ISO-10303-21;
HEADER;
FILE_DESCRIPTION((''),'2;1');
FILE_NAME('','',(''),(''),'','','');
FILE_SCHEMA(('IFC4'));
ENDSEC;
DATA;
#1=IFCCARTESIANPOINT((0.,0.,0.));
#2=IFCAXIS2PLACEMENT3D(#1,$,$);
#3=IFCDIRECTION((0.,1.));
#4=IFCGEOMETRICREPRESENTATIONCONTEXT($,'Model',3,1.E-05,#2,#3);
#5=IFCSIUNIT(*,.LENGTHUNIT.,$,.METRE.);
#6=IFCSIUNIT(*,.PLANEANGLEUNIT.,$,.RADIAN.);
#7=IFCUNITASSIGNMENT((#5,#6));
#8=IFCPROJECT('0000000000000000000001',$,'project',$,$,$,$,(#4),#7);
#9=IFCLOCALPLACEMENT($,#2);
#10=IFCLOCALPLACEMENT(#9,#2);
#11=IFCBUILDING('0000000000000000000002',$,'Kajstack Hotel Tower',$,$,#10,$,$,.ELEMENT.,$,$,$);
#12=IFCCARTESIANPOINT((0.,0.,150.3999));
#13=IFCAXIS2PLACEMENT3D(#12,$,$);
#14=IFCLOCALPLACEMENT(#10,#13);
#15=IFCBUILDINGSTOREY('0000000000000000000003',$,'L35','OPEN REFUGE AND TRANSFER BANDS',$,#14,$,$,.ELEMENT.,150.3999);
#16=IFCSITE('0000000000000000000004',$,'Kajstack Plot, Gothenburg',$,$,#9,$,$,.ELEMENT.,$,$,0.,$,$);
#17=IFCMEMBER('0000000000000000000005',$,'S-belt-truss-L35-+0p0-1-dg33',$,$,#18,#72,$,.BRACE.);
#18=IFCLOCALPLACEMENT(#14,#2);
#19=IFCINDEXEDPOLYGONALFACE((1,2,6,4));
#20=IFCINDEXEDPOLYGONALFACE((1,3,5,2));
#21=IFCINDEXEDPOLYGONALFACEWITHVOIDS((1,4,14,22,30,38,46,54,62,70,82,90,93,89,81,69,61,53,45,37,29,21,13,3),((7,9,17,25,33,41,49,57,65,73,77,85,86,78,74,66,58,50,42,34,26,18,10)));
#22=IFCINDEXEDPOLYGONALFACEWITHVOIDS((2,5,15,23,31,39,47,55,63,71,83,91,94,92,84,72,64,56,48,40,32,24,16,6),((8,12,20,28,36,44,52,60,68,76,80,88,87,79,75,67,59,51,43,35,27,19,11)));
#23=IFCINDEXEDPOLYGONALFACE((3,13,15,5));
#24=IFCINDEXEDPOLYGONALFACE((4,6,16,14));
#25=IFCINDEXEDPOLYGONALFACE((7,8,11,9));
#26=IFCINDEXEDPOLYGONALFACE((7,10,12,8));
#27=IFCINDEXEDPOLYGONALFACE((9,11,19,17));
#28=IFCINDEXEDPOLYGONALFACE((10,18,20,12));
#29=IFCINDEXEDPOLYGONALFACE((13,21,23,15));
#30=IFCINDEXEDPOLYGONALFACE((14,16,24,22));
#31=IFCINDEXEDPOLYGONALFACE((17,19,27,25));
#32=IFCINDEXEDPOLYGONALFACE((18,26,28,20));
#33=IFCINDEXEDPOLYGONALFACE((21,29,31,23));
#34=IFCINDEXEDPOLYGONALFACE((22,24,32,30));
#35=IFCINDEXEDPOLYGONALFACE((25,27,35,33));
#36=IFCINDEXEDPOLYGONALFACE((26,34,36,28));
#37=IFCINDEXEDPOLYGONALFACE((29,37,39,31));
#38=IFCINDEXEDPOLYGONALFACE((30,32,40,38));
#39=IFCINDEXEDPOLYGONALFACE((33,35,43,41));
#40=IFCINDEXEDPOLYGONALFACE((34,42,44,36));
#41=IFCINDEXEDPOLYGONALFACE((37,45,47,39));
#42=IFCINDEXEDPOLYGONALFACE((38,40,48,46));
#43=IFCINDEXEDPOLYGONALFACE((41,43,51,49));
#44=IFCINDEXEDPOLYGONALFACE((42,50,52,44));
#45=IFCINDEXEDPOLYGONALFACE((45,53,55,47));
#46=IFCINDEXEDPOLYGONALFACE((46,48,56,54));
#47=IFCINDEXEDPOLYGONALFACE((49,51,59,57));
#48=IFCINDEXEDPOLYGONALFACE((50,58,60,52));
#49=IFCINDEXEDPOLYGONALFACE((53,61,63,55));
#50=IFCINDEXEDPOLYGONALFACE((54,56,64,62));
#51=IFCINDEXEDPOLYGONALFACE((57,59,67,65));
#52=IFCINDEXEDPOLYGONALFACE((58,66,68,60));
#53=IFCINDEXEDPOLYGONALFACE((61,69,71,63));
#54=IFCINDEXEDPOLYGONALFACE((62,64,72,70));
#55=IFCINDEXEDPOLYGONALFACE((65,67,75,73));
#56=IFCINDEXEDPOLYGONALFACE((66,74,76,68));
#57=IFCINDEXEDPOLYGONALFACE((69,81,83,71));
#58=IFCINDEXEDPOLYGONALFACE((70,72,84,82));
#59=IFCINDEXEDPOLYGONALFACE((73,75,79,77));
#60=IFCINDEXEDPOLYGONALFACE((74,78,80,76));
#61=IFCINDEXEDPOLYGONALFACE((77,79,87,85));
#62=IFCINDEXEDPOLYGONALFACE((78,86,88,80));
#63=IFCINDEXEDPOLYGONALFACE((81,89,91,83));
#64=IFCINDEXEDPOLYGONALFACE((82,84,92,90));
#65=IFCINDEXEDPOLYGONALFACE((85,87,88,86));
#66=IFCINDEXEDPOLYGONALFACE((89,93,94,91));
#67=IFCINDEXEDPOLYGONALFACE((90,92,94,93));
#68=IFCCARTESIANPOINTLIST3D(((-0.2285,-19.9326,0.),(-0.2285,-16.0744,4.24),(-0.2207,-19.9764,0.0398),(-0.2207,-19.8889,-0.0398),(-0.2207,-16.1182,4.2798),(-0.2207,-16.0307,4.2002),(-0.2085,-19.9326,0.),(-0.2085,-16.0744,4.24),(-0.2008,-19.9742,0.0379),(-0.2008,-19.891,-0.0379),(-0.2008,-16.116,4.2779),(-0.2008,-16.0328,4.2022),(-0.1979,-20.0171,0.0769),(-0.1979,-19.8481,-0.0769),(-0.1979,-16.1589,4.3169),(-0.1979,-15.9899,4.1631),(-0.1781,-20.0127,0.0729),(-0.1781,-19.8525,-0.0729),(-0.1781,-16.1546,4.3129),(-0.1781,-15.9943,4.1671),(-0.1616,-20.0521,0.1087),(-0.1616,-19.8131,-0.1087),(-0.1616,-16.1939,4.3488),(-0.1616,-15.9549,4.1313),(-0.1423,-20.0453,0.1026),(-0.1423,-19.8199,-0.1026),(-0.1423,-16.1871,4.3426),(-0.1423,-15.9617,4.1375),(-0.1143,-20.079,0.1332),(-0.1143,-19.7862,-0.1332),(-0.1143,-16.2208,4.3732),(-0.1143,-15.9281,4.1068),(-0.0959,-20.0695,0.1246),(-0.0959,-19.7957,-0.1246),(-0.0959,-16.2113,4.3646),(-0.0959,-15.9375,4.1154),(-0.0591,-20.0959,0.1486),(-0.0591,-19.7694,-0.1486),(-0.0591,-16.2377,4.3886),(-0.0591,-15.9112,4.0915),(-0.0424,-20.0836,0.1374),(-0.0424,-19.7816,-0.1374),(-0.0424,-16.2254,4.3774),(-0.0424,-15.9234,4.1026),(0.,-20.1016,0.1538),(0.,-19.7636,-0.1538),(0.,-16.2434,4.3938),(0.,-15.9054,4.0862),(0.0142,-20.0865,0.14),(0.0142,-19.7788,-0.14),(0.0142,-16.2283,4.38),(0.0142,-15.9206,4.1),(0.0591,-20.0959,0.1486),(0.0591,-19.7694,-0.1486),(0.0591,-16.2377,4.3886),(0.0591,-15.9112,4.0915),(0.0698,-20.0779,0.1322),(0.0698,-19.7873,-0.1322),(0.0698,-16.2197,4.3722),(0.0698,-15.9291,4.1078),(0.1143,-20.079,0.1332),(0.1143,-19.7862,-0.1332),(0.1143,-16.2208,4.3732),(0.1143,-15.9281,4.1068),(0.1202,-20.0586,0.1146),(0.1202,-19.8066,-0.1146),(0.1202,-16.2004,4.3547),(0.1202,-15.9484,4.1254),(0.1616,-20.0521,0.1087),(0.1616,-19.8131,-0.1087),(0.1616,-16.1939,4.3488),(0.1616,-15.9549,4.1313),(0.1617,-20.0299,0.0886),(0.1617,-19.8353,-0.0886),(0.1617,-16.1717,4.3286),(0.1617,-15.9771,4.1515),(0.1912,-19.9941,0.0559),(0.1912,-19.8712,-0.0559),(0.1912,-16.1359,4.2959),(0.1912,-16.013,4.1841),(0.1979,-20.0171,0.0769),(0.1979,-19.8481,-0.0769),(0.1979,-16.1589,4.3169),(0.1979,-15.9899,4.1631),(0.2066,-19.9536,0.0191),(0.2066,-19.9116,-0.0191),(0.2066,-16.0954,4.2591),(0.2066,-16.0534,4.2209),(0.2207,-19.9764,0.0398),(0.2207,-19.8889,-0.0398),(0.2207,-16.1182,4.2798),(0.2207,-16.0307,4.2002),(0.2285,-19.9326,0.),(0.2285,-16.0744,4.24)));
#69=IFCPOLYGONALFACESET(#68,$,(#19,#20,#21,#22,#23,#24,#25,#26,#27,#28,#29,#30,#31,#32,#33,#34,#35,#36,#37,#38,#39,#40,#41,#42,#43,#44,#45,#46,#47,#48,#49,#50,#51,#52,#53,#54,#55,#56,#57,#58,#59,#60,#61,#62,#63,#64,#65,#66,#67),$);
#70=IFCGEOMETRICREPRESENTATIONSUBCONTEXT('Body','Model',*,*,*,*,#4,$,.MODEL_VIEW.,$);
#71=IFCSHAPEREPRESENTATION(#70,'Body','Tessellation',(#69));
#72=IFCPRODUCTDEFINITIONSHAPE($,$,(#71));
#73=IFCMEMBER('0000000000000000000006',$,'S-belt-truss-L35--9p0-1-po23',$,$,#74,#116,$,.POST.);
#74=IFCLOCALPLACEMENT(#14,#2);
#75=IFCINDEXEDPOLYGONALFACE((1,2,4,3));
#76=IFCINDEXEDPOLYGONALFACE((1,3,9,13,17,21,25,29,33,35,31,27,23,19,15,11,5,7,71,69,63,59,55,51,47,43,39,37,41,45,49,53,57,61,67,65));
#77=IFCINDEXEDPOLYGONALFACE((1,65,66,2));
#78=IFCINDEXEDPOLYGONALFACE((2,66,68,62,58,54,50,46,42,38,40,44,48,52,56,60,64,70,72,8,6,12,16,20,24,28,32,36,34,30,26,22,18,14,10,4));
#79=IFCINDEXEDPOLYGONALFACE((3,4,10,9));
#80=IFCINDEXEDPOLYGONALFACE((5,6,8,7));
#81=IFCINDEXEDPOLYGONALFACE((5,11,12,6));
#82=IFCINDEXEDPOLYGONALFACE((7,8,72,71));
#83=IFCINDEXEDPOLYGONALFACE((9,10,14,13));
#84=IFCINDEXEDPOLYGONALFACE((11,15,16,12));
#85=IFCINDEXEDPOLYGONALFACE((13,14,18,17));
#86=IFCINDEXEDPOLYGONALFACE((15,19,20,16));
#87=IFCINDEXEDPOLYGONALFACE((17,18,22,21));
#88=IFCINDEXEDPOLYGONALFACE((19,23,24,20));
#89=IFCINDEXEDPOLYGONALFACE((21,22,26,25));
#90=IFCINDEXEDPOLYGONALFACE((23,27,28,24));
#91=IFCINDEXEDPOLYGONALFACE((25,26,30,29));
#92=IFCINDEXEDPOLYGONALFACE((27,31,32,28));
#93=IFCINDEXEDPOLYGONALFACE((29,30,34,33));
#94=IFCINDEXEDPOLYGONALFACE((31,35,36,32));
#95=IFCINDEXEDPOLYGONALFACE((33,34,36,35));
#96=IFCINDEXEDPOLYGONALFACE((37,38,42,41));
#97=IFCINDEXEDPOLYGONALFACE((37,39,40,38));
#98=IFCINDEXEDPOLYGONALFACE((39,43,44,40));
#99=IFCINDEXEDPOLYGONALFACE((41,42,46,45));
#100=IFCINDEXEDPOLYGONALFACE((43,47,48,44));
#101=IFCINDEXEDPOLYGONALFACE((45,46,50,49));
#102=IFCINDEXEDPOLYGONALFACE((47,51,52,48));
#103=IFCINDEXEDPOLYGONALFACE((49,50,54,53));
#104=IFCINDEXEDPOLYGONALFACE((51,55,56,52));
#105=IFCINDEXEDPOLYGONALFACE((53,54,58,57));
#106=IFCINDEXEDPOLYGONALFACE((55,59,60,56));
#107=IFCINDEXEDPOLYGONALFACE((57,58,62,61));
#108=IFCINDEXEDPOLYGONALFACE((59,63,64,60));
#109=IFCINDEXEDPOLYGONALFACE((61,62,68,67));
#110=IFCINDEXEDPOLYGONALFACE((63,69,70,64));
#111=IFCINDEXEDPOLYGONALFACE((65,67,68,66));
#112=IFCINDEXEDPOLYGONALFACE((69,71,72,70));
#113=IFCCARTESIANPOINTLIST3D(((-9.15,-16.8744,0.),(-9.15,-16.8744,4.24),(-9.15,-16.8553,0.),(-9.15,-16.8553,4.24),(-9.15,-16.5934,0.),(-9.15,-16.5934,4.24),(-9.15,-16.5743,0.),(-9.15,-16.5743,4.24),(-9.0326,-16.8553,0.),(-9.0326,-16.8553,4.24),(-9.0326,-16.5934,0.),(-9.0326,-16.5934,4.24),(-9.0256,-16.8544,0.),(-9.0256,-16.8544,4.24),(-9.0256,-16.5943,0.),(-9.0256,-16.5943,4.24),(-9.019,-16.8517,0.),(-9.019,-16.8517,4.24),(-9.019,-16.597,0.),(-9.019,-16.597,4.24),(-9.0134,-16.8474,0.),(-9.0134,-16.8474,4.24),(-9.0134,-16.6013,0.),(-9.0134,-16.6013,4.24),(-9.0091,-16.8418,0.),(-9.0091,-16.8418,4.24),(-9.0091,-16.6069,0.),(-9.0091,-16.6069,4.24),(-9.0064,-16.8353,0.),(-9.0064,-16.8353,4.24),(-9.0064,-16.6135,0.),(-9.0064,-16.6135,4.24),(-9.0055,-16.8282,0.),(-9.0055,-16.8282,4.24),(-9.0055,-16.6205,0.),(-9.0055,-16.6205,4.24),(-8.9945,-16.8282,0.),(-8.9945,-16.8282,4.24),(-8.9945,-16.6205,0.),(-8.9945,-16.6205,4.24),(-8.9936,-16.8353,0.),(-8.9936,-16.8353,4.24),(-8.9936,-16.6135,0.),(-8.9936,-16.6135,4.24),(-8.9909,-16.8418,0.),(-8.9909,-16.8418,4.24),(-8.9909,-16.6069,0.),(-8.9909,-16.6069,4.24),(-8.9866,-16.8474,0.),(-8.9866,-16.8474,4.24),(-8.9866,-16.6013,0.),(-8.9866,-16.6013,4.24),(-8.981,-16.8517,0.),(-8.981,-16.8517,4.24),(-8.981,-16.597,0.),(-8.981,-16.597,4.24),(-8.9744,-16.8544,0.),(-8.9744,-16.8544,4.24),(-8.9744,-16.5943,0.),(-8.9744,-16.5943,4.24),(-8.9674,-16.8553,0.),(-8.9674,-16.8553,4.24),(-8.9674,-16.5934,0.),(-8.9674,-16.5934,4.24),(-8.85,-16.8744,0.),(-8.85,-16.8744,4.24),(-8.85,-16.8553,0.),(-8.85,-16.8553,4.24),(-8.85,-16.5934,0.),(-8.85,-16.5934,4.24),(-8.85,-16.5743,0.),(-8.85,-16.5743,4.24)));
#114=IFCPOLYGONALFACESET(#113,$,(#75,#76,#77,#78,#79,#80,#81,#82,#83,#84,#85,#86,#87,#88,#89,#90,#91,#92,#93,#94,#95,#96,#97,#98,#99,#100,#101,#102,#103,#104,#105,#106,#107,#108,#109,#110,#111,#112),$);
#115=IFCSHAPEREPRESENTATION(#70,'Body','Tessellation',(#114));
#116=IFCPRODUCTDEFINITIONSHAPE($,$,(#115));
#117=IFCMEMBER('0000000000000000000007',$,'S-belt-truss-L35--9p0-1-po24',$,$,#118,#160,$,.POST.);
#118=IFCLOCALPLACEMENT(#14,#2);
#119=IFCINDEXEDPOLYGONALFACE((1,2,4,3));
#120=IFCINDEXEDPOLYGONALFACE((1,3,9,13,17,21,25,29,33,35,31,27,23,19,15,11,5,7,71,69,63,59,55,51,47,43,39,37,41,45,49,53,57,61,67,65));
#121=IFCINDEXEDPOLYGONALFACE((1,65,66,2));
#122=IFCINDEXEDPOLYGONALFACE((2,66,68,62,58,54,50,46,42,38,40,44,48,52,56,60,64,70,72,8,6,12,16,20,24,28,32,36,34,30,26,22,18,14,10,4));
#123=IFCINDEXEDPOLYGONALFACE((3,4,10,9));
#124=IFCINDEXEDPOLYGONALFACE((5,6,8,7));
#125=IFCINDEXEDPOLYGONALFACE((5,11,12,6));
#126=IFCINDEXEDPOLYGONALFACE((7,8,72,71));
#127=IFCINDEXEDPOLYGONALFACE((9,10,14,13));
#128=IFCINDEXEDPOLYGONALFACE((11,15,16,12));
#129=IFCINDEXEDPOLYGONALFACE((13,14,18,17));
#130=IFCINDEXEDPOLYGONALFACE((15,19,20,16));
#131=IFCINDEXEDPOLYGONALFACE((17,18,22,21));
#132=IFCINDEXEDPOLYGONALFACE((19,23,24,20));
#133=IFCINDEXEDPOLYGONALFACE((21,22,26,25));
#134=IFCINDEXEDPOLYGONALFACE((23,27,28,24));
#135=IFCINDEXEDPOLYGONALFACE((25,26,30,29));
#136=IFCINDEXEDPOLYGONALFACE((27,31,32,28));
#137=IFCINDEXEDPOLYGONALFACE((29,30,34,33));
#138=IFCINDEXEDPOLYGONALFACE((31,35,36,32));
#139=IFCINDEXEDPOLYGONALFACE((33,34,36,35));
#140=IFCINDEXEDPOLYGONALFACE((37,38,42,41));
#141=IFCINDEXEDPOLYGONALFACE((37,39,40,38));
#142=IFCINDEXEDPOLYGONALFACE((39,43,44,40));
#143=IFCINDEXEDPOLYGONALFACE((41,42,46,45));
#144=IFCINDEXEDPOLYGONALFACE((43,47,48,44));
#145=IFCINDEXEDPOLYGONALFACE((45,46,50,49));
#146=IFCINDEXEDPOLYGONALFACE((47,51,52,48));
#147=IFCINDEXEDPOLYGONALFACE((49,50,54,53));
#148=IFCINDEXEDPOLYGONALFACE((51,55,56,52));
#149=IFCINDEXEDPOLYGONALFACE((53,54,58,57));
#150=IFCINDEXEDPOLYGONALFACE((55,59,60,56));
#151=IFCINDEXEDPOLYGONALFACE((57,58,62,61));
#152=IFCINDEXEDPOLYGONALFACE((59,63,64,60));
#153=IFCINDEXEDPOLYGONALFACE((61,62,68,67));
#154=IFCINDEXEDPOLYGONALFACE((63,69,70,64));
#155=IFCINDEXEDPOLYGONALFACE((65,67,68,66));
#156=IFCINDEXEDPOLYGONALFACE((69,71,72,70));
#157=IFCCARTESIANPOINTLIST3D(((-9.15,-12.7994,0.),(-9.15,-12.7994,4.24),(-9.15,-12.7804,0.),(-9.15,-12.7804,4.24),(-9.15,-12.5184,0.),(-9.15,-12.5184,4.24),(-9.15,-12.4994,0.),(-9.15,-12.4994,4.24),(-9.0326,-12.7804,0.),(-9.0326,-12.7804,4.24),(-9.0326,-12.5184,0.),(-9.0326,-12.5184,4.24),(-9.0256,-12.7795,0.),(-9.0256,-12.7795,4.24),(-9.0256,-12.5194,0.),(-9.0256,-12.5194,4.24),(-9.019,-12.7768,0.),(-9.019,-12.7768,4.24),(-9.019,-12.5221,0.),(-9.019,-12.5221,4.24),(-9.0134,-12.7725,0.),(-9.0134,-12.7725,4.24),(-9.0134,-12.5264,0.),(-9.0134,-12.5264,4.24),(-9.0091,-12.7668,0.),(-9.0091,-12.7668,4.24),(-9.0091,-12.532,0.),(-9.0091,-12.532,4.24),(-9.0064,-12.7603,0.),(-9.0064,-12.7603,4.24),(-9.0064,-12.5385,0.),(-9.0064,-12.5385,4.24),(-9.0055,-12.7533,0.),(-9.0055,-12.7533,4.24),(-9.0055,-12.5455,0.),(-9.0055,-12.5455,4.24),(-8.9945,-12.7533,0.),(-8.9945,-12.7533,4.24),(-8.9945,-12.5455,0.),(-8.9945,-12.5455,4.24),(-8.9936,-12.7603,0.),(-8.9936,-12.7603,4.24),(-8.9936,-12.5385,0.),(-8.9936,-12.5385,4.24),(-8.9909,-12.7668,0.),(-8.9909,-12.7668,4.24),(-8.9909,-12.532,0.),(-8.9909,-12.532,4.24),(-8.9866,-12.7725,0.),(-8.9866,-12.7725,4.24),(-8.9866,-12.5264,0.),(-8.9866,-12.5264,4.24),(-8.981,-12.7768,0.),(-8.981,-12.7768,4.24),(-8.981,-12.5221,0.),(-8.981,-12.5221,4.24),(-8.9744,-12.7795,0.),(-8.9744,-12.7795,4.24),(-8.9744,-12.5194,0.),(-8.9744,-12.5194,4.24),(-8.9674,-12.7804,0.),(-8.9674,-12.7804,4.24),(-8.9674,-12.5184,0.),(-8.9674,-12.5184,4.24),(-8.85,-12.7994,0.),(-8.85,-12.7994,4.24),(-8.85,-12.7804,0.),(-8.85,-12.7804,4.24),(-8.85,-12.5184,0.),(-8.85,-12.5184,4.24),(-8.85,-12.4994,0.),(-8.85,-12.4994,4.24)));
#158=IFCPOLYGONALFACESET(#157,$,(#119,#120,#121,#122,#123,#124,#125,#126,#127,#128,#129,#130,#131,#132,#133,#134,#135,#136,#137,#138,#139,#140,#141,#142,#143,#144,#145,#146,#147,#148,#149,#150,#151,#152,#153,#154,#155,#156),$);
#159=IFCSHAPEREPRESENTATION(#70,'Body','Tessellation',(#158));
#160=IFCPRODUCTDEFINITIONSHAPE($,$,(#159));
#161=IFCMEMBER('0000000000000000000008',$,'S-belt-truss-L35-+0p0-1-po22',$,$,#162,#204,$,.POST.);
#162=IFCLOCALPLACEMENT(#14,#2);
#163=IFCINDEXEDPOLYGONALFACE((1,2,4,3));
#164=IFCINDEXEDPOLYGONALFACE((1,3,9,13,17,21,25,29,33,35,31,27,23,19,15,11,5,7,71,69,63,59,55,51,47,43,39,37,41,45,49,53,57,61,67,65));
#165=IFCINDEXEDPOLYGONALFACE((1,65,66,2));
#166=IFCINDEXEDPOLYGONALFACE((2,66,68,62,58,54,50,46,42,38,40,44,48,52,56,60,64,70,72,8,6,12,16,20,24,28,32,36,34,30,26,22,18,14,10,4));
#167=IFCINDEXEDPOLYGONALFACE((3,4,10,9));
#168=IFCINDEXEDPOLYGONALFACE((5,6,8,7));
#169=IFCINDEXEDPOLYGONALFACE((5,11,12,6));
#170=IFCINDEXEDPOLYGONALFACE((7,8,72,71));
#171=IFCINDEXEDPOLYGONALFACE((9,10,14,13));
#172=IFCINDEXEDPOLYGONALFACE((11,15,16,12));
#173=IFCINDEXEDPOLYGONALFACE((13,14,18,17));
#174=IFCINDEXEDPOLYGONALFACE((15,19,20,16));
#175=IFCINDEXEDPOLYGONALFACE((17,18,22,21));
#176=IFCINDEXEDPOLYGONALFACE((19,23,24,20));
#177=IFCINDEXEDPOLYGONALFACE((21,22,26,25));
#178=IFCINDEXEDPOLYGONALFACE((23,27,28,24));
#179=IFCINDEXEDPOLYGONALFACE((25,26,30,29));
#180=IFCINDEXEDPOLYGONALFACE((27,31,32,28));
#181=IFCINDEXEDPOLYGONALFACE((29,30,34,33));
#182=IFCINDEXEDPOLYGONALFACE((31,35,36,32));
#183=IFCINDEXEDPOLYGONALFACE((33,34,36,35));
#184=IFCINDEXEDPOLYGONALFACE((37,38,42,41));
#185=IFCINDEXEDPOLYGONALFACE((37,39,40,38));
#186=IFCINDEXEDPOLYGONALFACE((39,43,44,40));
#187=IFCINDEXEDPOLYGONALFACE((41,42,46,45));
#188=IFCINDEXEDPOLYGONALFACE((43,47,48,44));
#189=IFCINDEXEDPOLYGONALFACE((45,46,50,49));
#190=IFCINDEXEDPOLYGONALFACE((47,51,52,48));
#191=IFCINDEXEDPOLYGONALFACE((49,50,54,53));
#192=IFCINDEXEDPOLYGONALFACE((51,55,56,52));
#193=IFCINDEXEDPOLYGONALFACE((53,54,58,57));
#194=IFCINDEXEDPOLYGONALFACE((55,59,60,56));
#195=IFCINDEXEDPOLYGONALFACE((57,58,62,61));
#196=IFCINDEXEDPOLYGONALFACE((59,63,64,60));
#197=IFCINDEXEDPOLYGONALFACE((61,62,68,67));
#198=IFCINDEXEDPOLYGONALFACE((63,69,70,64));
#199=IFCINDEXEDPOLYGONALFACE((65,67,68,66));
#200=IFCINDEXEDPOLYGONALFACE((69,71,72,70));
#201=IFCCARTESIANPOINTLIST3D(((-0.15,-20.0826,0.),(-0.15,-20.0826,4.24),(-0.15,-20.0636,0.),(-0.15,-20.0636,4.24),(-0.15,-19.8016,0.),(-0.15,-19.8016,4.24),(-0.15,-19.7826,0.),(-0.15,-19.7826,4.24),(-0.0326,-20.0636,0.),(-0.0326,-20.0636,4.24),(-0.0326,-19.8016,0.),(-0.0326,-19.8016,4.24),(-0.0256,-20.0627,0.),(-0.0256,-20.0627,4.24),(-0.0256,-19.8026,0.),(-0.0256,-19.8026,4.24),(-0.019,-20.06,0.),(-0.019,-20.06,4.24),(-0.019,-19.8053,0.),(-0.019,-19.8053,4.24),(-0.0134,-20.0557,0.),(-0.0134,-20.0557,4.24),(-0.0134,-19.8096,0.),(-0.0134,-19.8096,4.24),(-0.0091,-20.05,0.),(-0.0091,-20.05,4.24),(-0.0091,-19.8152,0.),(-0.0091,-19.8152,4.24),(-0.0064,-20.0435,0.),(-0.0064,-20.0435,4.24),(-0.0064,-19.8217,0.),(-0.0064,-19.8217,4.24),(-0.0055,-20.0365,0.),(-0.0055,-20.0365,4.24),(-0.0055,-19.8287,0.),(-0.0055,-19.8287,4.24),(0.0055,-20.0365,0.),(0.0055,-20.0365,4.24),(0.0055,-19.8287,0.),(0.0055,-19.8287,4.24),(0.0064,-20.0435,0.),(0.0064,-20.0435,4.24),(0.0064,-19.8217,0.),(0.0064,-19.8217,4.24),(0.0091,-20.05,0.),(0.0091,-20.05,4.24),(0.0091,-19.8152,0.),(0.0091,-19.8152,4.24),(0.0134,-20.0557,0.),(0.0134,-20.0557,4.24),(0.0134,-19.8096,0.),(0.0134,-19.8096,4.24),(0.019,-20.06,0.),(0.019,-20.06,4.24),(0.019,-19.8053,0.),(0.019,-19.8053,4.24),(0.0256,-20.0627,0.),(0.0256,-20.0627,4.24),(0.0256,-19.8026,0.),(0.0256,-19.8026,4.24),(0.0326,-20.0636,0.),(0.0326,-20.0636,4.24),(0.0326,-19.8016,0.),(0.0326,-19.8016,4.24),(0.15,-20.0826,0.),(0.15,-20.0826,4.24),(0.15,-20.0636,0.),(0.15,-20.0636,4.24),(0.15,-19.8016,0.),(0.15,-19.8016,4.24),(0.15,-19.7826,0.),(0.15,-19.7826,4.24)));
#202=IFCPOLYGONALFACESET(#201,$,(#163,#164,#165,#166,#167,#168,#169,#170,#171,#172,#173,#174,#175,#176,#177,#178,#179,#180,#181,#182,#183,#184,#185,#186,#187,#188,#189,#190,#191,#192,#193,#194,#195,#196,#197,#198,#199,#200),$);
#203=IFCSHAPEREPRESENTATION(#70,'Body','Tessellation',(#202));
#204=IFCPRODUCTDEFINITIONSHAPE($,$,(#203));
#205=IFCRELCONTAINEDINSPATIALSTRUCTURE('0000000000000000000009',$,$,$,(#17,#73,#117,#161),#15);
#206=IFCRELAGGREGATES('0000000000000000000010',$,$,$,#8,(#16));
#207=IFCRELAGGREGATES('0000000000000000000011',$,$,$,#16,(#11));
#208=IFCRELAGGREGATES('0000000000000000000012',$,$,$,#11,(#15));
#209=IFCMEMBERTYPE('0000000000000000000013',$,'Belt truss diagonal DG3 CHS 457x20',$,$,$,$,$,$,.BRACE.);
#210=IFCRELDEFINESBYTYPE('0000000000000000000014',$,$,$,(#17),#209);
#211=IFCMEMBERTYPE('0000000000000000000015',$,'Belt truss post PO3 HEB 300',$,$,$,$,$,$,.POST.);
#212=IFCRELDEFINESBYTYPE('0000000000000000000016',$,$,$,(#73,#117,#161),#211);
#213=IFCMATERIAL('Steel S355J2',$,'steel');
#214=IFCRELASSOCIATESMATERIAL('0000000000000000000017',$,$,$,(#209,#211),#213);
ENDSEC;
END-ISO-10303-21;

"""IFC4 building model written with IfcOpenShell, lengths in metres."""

from ifc_helpers import new_model, si_unit, direction, frame, origin, origin_2d, place, context, subcontext, project, spatial, hollow_circle, i_section, extrude, material, material_profile, profile_set, type_object, element, save


model = new_model("IFC4")

# Units and contexts
model_context = context("Model", 3, precision=1e-05, world=origin(), true_north=direction((0.0, 1.0)))
body_context = subcontext(model_context, "Body", "Model", "MODEL_VIEW")
ifc_project = project(units=[si_unit("LENGTHUNIT", "METRE"), si_unit("PLANEANGLEUNIT", "RADIAN")], contexts=[model_context])

# Site, building, storey
site_placement = place(None, origin())
site = spatial("IfcSite", under=ifc_project, at=site_placement, Name="Kajstack Plot, Gothenburg", CompositionType="ELEMENT", RefElevation=0.0)
building_placement = place(site_placement, origin())
building = spatial("IfcBuilding", under=site, at=building_placement, Name="Kajstack Hotel Tower", CompositionType="ELEMENT")
storey_placement = place(building_placement, frame((0.0, 0.0, 150.3999)))
storey = spatial("IfcBuildingStorey", under=building, at=storey_placement, Name="L35", Description="OPEN REFUGE AND TRANSFER BANDS", CompositionType="ELEMENT", Elevation=150.3999)

# Members
ifc_material = material(Name="Steel S355J2", Category="steel")
ifc_material_profile_1 = material_profile(ifc_material, hollow_circle(Radius=0.2285, WallThickness=0.02, at=origin_2d()), Name="CHS 457x20")
ifc_profile_set_1 = profile_set([ifc_material_profile_1], Name="Steel S355J2")
member_type_1 = type_object("IfcMemberType", Name="Belt truss diagonal DG3 CHS 457x20", PredefinedType="BRACE", material=ifc_profile_set_1)
member_1_placement = place(storey_placement, frame((0.0, -19.9326, 0.0), z_axis=(0.0, 0.673018, 0.739626), x_axis=(-1.0, 0.0, 0.0)))
element("IfcMember", 1, at=member_1_placement, inside=storey, type_object=member_type_1, Name="S-belt-truss-L35-+0p0-1-dg33", PredefinedType="BRACE", context=body_context, shape_type="SweptSolid", body=[
    extrude(hollow_circle(Radius=0.2285, WallThickness=0.02, at=origin_2d()), origin(), (0.0, 0.0, 1.0), 5.7327),
])
ifc_material_profile_2 = material_profile(ifc_material, i_section(OverallWidth=0.3, OverallDepth=0.3, WebThickness=0.011, FlangeThickness=0.019, FilletRadius=0.0271, at=origin_2d()), Name="HEB 300")
ifc_profile_set_2 = profile_set([ifc_material_profile_2], Name="Steel S355J2")
member_type_2 = type_object("IfcMemberType", Name="Belt truss post PO3 HEB 300", PredefinedType="POST", material=ifc_profile_set_2)
for number, where, z_axis, x_axis, name in (
    (2, (-9.0, -16.7244, 0.0), (0.0, 0.0, 1.0), (1.0, 0.0, 0.0), "S-belt-truss-L35--9p0-1-po23"),
    (3, (-9.0, -12.6494, 0.0), (0.0, 0.0, 1.0), (1.0, 0.0, 0.0), "S-belt-truss-L35--9p0-1-po24"),
    (4, (0.0, -19.9326, 0.0), (0.0, 0.0, 1.0), (1.0, 0.0, 0.0), "S-belt-truss-L35-+0p0-1-po22"),
):
    element("IfcMember", number, at=place(storey_placement, frame(where, z_axis=z_axis, x_axis=x_axis)), inside=storey, type_object=member_type_2, Name=name, PredefinedType="POST", context=body_context, shape_type="SweptSolid", body=[
        extrude(i_section(OverallWidth=0.3, OverallDepth=0.3, WebThickness=0.011, FlangeThickness=0.019, FilletRadius=0.0271, at=origin_2d()), origin(), (0.0, 0.0, 1.0), 4.24),
    ])

save(model, "model.ifc")
